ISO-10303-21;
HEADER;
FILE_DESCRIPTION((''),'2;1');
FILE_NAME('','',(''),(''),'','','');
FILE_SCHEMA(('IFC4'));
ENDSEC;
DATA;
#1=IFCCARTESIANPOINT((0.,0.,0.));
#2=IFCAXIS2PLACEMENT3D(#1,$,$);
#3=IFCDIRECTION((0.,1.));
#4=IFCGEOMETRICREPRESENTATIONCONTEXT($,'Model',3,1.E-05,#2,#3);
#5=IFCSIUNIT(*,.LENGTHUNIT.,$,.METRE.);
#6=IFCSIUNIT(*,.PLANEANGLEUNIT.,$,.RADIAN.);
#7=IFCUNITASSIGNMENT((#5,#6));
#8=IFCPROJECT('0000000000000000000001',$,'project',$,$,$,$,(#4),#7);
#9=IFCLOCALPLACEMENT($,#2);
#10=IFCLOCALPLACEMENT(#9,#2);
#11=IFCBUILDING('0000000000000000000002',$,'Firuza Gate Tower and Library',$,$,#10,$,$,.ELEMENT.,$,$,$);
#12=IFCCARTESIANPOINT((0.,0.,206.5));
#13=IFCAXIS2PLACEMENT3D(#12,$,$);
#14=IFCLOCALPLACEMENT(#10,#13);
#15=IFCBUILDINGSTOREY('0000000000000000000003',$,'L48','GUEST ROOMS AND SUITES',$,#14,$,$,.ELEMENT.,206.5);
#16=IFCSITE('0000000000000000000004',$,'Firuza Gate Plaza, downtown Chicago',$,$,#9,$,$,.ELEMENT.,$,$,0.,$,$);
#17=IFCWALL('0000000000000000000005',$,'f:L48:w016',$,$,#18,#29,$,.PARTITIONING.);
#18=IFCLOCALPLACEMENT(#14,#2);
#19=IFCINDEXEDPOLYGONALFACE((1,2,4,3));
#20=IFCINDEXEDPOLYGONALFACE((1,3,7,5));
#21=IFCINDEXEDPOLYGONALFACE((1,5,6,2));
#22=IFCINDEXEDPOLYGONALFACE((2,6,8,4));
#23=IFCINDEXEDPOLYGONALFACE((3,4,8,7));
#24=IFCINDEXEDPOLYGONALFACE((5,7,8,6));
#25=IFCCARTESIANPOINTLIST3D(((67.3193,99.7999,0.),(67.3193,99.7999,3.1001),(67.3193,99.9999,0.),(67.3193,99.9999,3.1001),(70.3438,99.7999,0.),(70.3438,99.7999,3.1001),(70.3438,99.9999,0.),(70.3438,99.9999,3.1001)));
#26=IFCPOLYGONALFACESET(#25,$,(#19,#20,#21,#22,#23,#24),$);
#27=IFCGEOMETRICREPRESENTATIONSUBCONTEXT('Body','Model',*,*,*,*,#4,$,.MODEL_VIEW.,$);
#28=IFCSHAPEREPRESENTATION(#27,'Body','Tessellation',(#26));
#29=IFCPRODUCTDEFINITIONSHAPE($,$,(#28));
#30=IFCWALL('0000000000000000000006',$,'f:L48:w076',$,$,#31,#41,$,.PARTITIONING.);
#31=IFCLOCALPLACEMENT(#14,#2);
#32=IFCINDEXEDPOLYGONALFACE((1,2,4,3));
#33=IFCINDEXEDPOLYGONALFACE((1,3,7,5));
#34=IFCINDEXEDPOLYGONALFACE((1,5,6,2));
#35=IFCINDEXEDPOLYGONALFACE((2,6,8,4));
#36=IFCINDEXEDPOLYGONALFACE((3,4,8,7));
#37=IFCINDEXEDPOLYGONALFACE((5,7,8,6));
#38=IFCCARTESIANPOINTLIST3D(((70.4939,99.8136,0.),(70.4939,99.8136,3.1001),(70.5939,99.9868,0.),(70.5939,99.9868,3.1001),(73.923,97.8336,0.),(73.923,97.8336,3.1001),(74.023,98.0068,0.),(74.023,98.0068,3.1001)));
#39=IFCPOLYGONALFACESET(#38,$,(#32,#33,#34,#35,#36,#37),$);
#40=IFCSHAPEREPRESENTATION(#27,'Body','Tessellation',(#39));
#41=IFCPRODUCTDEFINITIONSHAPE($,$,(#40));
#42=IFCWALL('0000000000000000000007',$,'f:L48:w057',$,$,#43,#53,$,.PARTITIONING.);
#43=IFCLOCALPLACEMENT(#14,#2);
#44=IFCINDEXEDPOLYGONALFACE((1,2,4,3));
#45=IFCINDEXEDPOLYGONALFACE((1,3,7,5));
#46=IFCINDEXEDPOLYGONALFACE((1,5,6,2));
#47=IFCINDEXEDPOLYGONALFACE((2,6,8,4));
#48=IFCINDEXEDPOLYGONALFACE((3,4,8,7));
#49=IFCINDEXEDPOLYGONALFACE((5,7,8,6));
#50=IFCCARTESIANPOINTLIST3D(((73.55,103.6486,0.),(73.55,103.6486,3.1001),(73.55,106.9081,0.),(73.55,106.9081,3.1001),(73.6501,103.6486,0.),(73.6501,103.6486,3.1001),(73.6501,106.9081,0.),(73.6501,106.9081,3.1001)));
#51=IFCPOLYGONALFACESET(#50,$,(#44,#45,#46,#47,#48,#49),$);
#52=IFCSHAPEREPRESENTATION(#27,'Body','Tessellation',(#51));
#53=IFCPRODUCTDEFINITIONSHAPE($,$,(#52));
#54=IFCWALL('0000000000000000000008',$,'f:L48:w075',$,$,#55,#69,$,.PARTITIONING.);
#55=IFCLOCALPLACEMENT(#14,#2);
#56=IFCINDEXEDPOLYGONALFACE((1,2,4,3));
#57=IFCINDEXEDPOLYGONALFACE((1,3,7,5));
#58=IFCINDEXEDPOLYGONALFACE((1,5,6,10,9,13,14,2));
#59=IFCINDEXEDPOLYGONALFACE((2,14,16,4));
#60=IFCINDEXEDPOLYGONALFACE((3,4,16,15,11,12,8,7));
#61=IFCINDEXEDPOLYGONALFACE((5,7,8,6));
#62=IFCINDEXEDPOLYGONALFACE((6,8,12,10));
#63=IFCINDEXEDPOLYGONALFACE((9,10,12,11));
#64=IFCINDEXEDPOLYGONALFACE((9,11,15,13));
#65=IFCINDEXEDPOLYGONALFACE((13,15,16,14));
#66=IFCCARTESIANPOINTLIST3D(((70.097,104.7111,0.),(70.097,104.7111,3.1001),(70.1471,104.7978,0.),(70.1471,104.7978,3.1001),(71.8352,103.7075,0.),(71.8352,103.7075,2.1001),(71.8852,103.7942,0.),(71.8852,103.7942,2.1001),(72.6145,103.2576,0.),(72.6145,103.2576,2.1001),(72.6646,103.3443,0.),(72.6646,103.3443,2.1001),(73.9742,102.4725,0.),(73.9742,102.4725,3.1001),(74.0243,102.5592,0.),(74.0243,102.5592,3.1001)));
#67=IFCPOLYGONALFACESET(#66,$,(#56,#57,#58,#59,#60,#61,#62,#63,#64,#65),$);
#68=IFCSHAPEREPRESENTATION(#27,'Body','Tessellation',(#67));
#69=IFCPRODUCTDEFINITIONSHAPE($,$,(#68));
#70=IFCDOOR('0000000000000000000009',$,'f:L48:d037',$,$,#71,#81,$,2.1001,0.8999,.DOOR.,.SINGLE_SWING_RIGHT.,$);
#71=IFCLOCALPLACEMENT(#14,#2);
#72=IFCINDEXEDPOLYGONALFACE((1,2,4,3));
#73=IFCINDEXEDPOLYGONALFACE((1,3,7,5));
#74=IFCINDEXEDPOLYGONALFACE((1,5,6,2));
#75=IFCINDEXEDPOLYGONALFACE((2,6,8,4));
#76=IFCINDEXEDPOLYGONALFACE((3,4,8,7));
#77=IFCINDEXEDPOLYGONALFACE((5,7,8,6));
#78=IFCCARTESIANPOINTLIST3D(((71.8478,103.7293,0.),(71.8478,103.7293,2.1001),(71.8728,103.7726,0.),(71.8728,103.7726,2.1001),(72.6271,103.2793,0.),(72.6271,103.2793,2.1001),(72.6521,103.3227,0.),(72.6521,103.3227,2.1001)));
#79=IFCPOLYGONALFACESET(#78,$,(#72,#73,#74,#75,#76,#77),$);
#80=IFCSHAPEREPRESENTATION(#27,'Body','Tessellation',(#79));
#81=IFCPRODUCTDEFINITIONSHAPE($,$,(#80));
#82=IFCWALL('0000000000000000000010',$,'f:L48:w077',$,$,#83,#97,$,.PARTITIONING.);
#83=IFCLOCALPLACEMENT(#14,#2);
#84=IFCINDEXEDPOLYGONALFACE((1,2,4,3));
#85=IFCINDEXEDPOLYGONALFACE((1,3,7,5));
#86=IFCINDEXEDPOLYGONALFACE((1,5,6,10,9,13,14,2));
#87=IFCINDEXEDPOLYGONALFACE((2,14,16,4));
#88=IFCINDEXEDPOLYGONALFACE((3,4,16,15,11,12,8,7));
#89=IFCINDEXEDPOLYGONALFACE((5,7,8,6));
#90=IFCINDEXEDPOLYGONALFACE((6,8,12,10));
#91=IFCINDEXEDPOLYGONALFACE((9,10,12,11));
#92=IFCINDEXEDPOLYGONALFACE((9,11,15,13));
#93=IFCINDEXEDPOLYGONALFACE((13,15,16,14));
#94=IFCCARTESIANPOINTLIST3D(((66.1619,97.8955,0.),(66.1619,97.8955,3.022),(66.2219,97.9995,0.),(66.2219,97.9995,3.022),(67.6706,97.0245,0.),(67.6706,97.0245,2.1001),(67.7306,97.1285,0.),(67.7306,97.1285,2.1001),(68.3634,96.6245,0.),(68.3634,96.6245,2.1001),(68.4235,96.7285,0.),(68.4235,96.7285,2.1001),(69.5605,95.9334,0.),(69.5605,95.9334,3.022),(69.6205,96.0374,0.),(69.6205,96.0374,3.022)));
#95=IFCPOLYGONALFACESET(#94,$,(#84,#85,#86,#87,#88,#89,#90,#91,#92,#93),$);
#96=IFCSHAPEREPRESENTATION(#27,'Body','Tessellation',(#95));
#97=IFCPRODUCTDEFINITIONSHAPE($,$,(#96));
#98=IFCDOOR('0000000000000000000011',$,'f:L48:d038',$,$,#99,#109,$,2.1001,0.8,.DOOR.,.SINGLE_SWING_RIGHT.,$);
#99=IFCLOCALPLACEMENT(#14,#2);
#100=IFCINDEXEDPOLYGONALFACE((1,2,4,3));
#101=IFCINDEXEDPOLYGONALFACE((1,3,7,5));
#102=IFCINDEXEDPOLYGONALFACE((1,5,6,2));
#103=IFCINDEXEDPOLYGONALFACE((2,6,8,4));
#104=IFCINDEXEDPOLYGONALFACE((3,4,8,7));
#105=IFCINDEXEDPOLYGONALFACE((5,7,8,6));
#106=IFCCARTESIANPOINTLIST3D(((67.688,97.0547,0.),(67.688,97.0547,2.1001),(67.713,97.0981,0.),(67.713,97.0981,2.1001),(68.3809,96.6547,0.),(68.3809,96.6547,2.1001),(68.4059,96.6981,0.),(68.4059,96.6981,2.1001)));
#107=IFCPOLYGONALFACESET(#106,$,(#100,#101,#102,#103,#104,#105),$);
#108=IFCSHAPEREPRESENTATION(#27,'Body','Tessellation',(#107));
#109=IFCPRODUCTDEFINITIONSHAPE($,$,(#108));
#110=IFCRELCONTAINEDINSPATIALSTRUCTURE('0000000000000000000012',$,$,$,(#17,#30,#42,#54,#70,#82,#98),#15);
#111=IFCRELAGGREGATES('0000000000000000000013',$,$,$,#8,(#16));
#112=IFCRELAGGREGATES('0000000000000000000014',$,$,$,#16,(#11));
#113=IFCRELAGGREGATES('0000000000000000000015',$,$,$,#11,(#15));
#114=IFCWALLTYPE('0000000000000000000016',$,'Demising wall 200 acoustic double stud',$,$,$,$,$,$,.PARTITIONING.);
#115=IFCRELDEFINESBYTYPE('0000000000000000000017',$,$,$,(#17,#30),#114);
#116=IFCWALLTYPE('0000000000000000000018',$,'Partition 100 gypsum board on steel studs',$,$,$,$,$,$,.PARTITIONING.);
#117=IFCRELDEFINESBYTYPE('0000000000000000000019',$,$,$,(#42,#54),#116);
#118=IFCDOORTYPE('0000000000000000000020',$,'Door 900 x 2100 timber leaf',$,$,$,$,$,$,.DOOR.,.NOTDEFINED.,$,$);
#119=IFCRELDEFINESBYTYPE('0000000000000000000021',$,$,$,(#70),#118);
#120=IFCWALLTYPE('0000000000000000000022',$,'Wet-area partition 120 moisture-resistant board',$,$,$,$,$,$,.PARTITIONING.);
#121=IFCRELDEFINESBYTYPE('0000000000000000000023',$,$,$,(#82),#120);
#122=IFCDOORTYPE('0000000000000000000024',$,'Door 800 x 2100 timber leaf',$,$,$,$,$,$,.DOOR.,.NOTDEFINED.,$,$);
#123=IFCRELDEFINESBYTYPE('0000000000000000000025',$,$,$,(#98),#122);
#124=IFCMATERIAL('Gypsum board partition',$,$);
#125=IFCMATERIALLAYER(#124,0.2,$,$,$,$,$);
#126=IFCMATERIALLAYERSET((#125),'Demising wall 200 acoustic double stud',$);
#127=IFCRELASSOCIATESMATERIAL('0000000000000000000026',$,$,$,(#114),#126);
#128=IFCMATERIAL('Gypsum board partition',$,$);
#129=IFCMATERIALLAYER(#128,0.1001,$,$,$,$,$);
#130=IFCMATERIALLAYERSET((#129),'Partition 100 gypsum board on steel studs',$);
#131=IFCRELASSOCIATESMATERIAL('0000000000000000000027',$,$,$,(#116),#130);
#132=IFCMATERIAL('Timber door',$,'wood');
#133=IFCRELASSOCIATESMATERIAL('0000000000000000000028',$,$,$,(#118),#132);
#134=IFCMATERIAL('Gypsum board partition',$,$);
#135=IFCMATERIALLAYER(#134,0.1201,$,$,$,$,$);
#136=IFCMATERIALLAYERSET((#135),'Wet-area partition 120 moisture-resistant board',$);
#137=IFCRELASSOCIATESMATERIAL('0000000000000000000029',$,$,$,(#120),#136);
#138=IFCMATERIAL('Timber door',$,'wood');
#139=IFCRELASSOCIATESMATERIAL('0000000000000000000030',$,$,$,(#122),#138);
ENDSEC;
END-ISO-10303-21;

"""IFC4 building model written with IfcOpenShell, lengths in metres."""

from ifc_helpers import new_model, si_unit, direction, frame, frame_2d, origin, place, context, subcontext, project, spatial, rectangle, extrude, material, layer, layer_set, type_object, element, fill, save


model = new_model("IFC4")

# Units and contexts
model_context = context("Model", 3, precision=1e-05, world=origin(), true_north=direction((0.0, 1.0)))
body_context = subcontext(model_context, "Body", "Model", "MODEL_VIEW")
ifc_project = project(units=[si_unit("LENGTHUNIT", "METRE"), si_unit("PLANEANGLEUNIT", "RADIAN")], contexts=[model_context])

# Site, building, storey
site_placement = place(None, origin())
site = spatial("IfcSite", under=ifc_project, at=site_placement, Name="Firuza Gate Plaza, downtown Chicago", CompositionType="ELEMENT", RefElevation=0.0)
building_placement = place(site_placement, origin())
building = spatial("IfcBuilding", under=site, at=building_placement, Name="Firuza Gate Tower and Library", CompositionType="ELEMENT")
storey_placement = place(building_placement, frame((0.0, 0.0, 206.5)))
storey = spatial("IfcBuildingStorey", under=building, at=storey_placement, Name="L48", Description="GUEST ROOMS AND SUITES", CompositionType="ELEMENT", Elevation=206.5)

# Walls
ifc_material_1 = material(Name="Gypsum board partition")
ifc_layer_1 = layer(ifc_material_1, 0.2)
ifc_layer_set_1 = layer_set([ifc_layer_1], Name="Demising wall 200 acoustic double stud")
wall_type_1 = type_object("IfcWallType", Name="Demising wall 200 acoustic double stud", PredefinedType="PARTITIONING", material=ifc_layer_set_1)
wall_1_placement = place(storey_placement, frame((67.3193, 99.8999, 0.0), z_axis=(0.0, 0.0, 1.0), x_axis=(1.0, 0.0, 0.0)))
element("IfcWall", 1, at=wall_1_placement, inside=storey, type_object=wall_type_1, Name="f:L48:w016", PredefinedType="PARTITIONING", context=body_context, shape_type="SweptSolid", body=[
    extrude(rectangle(XDim=3.0244, YDim=0.2, at=frame_2d((1.5122, 0.0))), origin(), (0.0, 0.0, 1.0), 3.1001),
])
wall_2_placement = place(storey_placement, frame((73.9731, 97.9202, 0.0), z_axis=(0.0, 0.0, 1.0), x_axis=(-0.866011, 0.500025, 0.0)))
element("IfcWall", 2, at=wall_2_placement, inside=storey, type_object=wall_type_1, Name="f:L48:w076", PredefinedType="PARTITIONING", context=body_context, shape_type="SweptSolid", body=[
    extrude(rectangle(XDim=3.9597, YDim=0.2, at=frame_2d((1.98, 0.0))), origin(), (0.0, 0.0, 1.0), 3.1001),
])
ifc_material_2 = material(Name="Gypsum board partition")
ifc_layer_2 = layer(ifc_material_2, 0.1001)
ifc_layer_set_2 = layer_set([ifc_layer_2], Name="Partition 100 gypsum board on steel studs")
wall_type_2 = type_object("IfcWallType", Name="Partition 100 gypsum board on steel studs", PredefinedType="PARTITIONING", material=ifc_layer_set_2)
wall_3_placement = place(storey_placement, frame((73.6001, 103.6484, 0.0), z_axis=(0.0, 0.0, 1.0), x_axis=(0.0, 1.0, 0.0)))
element("IfcWall", 3, at=wall_3_placement, inside=storey, type_object=wall_type_2, Name="f:L48:w057", PredefinedType="PARTITIONING", context=body_context, shape_type="SweptSolid", body=[
    extrude(rectangle(XDim=3.2595, YDim=0.1001, at=frame_2d((1.6299, 0.0))), origin(), (0.0, 0.0, 1.0), 3.1001),
])

# Walls, openings, doors
wall_4_placement = place(storey_placement, frame((73.9993, 102.5159, 0.0), z_axis=(0.0, 0.0, 1.0), x_axis=(-0.866023, 0.500004, 0.0)))
wall_4 = element("IfcWall", 4, at=wall_4_placement, inside=storey, type_object=wall_type_2, Name="f:L48:w075", PredefinedType="PARTITIONING", context=body_context, shape_type="SweptSolid", body=[
    extrude(rectangle(XDim=4.4771, YDim=0.1001, at=frame_2d((2.2385, 0.0))), origin(), (0.0, 0.0, 1.0), 3.1001),
])
opening_1_placement = place(wall_4_placement, frame((1.5701, 0.0, 0.0)))
opening_1 = element("IfcOpeningElement", 5, at=opening_1_placement, cuts=wall_4, PredefinedType="OPENING", context=body_context, shape_type="SweptSolid", body=[
    extrude(rectangle(XDim=0.8999, YDim=2.1001, at=frame_2d((0.45, 1.05))), frame((0.0, 0.0601, 0.0), z_axis=(0.0, -1.0, 0.0), x_axis=(1.0, 0.0, 0.0)), (0.0, 0.0, 1.0), 0.1201),
])
ifc_material_3 = material(Name="Timber door", Category="wood")
door_type_1 = type_object("IfcDoorType", Name="Door 900 x 2100 timber leaf", OperationType="NOTDEFINED", PredefinedType="DOOR", material=ifc_material_3)
door_1_placement = place(opening_1_placement, origin())
door_1 = element("IfcDoor", 6, at=door_1_placement, inside=storey, type_object=door_type_1, Name="f:L48:d037", OperationType="SINGLE_SWING_RIGHT", OverallHeight=2.1001, OverallWidth=0.8999, PredefinedType="DOOR", context=body_context, shape_type="SweptSolid", body=[
    extrude(rectangle(XDim=0.8999, YDim=2.1001, at=frame_2d((0.45, 1.05))), frame((0.0, 0.0249, 0.0), z_axis=(0.0, -1.0, 0.0), x_axis=(1.0, 0.0, 0.0)), (0.0, 0.0, 1.0), 0.05),
])
fill(opening_1, door_1)
ifc_material_4 = material(Name="Gypsum board partition")
ifc_layer_3 = layer(ifc_material_4, 0.1201)
ifc_layer_set_3 = layer_set([ifc_layer_3], Name="Wet-area partition 120 moisture-resistant board")
wall_type_3 = type_object("IfcWallType", Name="Wet-area partition 120 moisture-resistant board", PredefinedType="PARTITIONING", material=ifc_layer_set_3)
wall_5_placement = place(storey_placement, frame((66.1919, 97.9475, 0.0), z_axis=(0.0, 0.0, 1.0), x_axis=(0.866033, -0.499986, 0.0)))
wall_5 = element("IfcWall", 7, at=wall_5_placement, inside=storey, type_object=wall_type_3, Name="f:L48:w077", PredefinedType="PARTITIONING", context=body_context, shape_type="SweptSolid", body=[
    extrude(rectangle(XDim=3.9243, YDim=0.1201, at=frame_2d((1.9622, 0.0))), origin(), (0.0, 0.0, 1.0), 3.022),
])
opening_2_placement = place(wall_5_placement, frame((1.7422, 0.0, 0.0)))
opening_2 = element("IfcOpeningElement", 8, at=opening_2_placement, cuts=wall_5, PredefinedType="OPENING", context=body_context, shape_type="SweptSolid", body=[
    extrude(rectangle(XDim=0.8, YDim=2.1001, at=frame_2d((0.3999, 1.05))), frame((0.0, 0.0701, 0.0), z_axis=(0.0, -1.0, 0.0), x_axis=(1.0, 0.0, 0.0)), (0.0, 0.0, 1.0), 0.1401),
])
ifc_material_5 = material(Name="Timber door", Category="wood")
door_type_2 = type_object("IfcDoorType", Name="Door 800 x 2100 timber leaf", OperationType="NOTDEFINED", PredefinedType="DOOR", material=ifc_material_5)
door_2_placement = place(opening_2_placement, origin())
door_2 = element("IfcDoor", 9, at=door_2_placement, inside=storey, type_object=door_type_2, Name="f:L48:d038", OperationType="SINGLE_SWING_RIGHT", OverallHeight=2.1001, OverallWidth=0.8, PredefinedType="DOOR", context=body_context, shape_type="SweptSolid", body=[
    extrude(rectangle(XDim=0.8, YDim=2.1001, at=frame_2d((0.3999, 1.05))), frame((0.0, 0.0249, 0.0), z_axis=(0.0, -1.0, 0.0), x_axis=(1.0, 0.0, 0.0)), (0.0, 0.0, 1.0), 0.05),
])
fill(opening_2, door_2)

save(model, "model.ifc")
